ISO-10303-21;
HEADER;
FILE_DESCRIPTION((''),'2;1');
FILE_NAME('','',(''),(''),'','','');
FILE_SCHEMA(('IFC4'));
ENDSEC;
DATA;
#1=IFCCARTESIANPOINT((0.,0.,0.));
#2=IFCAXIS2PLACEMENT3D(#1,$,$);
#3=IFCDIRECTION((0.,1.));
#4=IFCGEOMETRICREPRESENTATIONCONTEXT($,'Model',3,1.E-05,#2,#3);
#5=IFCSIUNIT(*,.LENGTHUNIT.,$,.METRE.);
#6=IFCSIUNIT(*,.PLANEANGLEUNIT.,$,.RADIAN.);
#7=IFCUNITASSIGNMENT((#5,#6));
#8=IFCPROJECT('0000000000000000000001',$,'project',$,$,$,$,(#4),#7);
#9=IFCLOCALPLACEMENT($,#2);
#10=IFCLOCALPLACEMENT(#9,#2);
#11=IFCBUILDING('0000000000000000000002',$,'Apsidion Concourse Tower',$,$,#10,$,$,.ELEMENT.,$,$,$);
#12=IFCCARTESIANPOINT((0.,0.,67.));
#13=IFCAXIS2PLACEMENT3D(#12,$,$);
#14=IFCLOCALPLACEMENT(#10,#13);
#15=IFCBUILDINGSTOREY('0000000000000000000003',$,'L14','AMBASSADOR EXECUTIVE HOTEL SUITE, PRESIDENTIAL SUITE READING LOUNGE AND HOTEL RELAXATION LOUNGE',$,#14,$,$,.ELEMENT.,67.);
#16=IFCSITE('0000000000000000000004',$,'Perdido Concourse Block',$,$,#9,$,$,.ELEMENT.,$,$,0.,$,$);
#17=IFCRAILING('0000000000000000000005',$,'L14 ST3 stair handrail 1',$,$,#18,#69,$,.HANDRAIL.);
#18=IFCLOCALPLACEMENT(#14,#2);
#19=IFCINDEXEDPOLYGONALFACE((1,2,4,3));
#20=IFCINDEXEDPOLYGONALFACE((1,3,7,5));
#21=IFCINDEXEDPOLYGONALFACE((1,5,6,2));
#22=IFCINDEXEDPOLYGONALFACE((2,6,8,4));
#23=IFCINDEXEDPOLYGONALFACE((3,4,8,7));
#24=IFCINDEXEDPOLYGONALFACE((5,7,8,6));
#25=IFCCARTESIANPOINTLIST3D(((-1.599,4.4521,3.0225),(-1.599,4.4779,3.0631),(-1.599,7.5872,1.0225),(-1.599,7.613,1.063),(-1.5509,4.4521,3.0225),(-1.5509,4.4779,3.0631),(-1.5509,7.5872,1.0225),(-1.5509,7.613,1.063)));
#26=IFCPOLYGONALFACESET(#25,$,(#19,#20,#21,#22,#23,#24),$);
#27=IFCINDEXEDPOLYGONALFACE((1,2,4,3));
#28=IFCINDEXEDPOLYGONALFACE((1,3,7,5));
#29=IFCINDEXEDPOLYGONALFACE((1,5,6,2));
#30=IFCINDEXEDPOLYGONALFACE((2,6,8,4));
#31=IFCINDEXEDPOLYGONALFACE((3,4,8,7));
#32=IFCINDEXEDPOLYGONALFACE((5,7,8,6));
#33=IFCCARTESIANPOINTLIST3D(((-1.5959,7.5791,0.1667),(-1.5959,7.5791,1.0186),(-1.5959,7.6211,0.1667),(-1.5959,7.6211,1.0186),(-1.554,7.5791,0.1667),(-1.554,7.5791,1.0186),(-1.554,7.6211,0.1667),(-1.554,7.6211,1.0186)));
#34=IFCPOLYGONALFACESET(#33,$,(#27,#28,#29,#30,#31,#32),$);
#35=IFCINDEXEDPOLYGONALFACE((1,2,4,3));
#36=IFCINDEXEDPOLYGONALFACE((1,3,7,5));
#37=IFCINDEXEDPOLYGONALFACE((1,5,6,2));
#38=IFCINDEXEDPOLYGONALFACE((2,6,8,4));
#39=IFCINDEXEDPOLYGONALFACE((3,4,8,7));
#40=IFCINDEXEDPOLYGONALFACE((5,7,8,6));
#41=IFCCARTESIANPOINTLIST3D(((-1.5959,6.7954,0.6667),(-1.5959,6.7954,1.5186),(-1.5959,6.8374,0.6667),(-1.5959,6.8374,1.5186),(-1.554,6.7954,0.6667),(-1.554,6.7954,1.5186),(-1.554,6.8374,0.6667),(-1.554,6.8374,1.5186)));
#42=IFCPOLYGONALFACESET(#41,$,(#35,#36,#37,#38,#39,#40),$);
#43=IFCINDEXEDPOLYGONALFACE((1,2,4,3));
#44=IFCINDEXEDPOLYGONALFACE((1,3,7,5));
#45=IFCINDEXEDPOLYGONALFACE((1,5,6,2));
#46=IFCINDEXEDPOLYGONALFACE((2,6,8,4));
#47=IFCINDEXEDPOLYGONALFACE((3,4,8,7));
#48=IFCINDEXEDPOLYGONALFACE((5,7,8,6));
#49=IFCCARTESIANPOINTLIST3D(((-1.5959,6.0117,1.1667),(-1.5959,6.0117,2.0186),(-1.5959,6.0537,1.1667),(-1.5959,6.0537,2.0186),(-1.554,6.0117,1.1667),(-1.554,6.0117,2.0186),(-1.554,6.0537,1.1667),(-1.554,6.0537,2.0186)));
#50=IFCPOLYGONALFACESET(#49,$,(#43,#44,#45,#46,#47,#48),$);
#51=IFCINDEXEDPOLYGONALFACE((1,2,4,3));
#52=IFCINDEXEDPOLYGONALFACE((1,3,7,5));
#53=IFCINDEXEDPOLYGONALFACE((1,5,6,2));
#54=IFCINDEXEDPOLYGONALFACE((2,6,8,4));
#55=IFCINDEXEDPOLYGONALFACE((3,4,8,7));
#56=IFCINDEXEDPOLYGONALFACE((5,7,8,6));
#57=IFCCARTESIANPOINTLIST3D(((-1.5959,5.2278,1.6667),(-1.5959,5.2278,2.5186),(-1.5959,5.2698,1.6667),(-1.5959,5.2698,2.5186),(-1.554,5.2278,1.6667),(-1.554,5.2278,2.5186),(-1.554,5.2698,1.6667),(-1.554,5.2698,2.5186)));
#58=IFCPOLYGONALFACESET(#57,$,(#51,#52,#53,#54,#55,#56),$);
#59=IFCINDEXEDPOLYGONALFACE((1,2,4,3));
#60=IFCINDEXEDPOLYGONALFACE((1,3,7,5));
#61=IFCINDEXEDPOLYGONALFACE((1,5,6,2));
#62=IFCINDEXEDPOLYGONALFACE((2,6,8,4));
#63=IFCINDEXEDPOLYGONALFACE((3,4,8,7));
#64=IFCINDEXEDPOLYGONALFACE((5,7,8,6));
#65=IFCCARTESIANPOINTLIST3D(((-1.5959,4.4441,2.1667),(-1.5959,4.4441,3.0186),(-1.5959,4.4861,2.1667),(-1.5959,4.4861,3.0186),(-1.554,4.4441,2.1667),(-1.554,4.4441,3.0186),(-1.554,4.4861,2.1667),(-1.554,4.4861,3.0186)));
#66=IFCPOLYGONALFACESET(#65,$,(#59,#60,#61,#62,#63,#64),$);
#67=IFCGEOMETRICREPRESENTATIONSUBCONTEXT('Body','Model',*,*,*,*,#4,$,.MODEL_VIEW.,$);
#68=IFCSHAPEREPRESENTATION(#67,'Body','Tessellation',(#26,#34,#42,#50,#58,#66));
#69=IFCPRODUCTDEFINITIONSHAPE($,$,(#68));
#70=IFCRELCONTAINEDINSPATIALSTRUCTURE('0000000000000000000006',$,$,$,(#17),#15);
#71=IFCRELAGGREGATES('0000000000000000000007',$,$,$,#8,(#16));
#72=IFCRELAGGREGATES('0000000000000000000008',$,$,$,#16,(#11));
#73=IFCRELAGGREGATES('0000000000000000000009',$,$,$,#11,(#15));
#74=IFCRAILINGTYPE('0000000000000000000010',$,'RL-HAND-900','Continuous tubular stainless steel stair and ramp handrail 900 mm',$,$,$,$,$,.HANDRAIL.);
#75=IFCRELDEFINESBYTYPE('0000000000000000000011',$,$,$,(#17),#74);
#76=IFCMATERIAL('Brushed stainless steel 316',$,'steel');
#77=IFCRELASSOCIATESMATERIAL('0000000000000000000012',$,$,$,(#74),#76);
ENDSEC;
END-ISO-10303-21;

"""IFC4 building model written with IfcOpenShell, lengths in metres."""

from ifc_helpers import new_model, si_unit, direction, frame, origin, origin_2d, place, context, subcontext, project, spatial, rectangle, extrude, material, type_object, element, save


model = new_model("IFC4")

# Units and contexts
model_context = context("Model", 3, precision=1e-05, world=origin(), true_north=direction((0.0, 1.0)))
body_context = subcontext(model_context, "Body", "Model", "MODEL_VIEW")
ifc_project = project(units=[si_unit("LENGTHUNIT", "METRE"), si_unit("PLANEANGLEUNIT", "RADIAN")], contexts=[model_context])

# Site, building, storey
site_placement = place(None, origin())
site = spatial("IfcSite", under=ifc_project, at=site_placement, Name="Perdido Concourse Block", CompositionType="ELEMENT", RefElevation=0.0)
building_placement = place(site_placement, origin())
building = spatial("IfcBuilding", under=site, at=building_placement, Name="Apsidion Concourse Tower", CompositionType="ELEMENT")
storey_placement = place(building_placement, frame((0.0, 0.0, 67.0)))
storey = spatial("IfcBuildingStorey", under=building, at=storey_placement, Name="L14", Description="AMBASSADOR EXECUTIVE HOTEL SUITE, PRESIDENTIAL SUITE READING LOUNGE AND HOTEL RELAXATION LOUNGE", CompositionType="ELEMENT", Elevation=67.0)

# Shared definitions
ifc_material_1 = material(Name="Brushed stainless steel 316", Category="steel")

# Railing
railing_type_1 = type_object("IfcRailingType", Name="RL-HAND-900", Description="Continuous tubular stainless steel stair and ramp handrail 900 mm", PredefinedType="HANDRAIL", material=ifc_material_1)
railing_1_placement = place(storey_placement, frame((-1.575, 7.6001, 0.1667)))
element("IfcRailing", 1, at=railing_1_placement, inside=storey, type_object=railing_type_1, Name="L14 ST3 stair handrail 1", PredefinedType="HANDRAIL", context=body_context, shape_type="SweptSolid", body=[
    extrude(rectangle(XDim=0.0481, YDim=0.0481, at=origin_2d()), frame((0.0, 0.0, 0.876), z_axis=(0.0, -0.843053, 0.537831), x_axis=(1.0, 0.0, 0.0)), (0.0, 0.0, 1.0), 3.7188),
    extrude(rectangle(XDim=0.042, YDim=0.042, at=origin_2d()), origin(), (0.0, 0.0, 1.0), 0.8518),
    extrude(rectangle(XDim=0.042, YDim=0.042, at=origin_2d()), frame((0.0, -0.7837, 0.5)), (0.0, 0.0, 1.0), 0.8518),
    extrude(rectangle(XDim=0.042, YDim=0.042, at=origin_2d()), frame((0.0, -1.5674, 1.0)), (0.0, 0.0, 1.0), 0.8518),
    extrude(rectangle(XDim=0.042, YDim=0.042, at=origin_2d()), frame((0.0, -2.3513, 1.5)), (0.0, 0.0, 1.0), 0.8518),
    extrude(rectangle(XDim=0.042, YDim=0.042, at=origin_2d()), frame((0.0, -3.135, 2.0)), (0.0, 0.0, 1.0), 0.8518),
])

save(model, "model.ifc")
